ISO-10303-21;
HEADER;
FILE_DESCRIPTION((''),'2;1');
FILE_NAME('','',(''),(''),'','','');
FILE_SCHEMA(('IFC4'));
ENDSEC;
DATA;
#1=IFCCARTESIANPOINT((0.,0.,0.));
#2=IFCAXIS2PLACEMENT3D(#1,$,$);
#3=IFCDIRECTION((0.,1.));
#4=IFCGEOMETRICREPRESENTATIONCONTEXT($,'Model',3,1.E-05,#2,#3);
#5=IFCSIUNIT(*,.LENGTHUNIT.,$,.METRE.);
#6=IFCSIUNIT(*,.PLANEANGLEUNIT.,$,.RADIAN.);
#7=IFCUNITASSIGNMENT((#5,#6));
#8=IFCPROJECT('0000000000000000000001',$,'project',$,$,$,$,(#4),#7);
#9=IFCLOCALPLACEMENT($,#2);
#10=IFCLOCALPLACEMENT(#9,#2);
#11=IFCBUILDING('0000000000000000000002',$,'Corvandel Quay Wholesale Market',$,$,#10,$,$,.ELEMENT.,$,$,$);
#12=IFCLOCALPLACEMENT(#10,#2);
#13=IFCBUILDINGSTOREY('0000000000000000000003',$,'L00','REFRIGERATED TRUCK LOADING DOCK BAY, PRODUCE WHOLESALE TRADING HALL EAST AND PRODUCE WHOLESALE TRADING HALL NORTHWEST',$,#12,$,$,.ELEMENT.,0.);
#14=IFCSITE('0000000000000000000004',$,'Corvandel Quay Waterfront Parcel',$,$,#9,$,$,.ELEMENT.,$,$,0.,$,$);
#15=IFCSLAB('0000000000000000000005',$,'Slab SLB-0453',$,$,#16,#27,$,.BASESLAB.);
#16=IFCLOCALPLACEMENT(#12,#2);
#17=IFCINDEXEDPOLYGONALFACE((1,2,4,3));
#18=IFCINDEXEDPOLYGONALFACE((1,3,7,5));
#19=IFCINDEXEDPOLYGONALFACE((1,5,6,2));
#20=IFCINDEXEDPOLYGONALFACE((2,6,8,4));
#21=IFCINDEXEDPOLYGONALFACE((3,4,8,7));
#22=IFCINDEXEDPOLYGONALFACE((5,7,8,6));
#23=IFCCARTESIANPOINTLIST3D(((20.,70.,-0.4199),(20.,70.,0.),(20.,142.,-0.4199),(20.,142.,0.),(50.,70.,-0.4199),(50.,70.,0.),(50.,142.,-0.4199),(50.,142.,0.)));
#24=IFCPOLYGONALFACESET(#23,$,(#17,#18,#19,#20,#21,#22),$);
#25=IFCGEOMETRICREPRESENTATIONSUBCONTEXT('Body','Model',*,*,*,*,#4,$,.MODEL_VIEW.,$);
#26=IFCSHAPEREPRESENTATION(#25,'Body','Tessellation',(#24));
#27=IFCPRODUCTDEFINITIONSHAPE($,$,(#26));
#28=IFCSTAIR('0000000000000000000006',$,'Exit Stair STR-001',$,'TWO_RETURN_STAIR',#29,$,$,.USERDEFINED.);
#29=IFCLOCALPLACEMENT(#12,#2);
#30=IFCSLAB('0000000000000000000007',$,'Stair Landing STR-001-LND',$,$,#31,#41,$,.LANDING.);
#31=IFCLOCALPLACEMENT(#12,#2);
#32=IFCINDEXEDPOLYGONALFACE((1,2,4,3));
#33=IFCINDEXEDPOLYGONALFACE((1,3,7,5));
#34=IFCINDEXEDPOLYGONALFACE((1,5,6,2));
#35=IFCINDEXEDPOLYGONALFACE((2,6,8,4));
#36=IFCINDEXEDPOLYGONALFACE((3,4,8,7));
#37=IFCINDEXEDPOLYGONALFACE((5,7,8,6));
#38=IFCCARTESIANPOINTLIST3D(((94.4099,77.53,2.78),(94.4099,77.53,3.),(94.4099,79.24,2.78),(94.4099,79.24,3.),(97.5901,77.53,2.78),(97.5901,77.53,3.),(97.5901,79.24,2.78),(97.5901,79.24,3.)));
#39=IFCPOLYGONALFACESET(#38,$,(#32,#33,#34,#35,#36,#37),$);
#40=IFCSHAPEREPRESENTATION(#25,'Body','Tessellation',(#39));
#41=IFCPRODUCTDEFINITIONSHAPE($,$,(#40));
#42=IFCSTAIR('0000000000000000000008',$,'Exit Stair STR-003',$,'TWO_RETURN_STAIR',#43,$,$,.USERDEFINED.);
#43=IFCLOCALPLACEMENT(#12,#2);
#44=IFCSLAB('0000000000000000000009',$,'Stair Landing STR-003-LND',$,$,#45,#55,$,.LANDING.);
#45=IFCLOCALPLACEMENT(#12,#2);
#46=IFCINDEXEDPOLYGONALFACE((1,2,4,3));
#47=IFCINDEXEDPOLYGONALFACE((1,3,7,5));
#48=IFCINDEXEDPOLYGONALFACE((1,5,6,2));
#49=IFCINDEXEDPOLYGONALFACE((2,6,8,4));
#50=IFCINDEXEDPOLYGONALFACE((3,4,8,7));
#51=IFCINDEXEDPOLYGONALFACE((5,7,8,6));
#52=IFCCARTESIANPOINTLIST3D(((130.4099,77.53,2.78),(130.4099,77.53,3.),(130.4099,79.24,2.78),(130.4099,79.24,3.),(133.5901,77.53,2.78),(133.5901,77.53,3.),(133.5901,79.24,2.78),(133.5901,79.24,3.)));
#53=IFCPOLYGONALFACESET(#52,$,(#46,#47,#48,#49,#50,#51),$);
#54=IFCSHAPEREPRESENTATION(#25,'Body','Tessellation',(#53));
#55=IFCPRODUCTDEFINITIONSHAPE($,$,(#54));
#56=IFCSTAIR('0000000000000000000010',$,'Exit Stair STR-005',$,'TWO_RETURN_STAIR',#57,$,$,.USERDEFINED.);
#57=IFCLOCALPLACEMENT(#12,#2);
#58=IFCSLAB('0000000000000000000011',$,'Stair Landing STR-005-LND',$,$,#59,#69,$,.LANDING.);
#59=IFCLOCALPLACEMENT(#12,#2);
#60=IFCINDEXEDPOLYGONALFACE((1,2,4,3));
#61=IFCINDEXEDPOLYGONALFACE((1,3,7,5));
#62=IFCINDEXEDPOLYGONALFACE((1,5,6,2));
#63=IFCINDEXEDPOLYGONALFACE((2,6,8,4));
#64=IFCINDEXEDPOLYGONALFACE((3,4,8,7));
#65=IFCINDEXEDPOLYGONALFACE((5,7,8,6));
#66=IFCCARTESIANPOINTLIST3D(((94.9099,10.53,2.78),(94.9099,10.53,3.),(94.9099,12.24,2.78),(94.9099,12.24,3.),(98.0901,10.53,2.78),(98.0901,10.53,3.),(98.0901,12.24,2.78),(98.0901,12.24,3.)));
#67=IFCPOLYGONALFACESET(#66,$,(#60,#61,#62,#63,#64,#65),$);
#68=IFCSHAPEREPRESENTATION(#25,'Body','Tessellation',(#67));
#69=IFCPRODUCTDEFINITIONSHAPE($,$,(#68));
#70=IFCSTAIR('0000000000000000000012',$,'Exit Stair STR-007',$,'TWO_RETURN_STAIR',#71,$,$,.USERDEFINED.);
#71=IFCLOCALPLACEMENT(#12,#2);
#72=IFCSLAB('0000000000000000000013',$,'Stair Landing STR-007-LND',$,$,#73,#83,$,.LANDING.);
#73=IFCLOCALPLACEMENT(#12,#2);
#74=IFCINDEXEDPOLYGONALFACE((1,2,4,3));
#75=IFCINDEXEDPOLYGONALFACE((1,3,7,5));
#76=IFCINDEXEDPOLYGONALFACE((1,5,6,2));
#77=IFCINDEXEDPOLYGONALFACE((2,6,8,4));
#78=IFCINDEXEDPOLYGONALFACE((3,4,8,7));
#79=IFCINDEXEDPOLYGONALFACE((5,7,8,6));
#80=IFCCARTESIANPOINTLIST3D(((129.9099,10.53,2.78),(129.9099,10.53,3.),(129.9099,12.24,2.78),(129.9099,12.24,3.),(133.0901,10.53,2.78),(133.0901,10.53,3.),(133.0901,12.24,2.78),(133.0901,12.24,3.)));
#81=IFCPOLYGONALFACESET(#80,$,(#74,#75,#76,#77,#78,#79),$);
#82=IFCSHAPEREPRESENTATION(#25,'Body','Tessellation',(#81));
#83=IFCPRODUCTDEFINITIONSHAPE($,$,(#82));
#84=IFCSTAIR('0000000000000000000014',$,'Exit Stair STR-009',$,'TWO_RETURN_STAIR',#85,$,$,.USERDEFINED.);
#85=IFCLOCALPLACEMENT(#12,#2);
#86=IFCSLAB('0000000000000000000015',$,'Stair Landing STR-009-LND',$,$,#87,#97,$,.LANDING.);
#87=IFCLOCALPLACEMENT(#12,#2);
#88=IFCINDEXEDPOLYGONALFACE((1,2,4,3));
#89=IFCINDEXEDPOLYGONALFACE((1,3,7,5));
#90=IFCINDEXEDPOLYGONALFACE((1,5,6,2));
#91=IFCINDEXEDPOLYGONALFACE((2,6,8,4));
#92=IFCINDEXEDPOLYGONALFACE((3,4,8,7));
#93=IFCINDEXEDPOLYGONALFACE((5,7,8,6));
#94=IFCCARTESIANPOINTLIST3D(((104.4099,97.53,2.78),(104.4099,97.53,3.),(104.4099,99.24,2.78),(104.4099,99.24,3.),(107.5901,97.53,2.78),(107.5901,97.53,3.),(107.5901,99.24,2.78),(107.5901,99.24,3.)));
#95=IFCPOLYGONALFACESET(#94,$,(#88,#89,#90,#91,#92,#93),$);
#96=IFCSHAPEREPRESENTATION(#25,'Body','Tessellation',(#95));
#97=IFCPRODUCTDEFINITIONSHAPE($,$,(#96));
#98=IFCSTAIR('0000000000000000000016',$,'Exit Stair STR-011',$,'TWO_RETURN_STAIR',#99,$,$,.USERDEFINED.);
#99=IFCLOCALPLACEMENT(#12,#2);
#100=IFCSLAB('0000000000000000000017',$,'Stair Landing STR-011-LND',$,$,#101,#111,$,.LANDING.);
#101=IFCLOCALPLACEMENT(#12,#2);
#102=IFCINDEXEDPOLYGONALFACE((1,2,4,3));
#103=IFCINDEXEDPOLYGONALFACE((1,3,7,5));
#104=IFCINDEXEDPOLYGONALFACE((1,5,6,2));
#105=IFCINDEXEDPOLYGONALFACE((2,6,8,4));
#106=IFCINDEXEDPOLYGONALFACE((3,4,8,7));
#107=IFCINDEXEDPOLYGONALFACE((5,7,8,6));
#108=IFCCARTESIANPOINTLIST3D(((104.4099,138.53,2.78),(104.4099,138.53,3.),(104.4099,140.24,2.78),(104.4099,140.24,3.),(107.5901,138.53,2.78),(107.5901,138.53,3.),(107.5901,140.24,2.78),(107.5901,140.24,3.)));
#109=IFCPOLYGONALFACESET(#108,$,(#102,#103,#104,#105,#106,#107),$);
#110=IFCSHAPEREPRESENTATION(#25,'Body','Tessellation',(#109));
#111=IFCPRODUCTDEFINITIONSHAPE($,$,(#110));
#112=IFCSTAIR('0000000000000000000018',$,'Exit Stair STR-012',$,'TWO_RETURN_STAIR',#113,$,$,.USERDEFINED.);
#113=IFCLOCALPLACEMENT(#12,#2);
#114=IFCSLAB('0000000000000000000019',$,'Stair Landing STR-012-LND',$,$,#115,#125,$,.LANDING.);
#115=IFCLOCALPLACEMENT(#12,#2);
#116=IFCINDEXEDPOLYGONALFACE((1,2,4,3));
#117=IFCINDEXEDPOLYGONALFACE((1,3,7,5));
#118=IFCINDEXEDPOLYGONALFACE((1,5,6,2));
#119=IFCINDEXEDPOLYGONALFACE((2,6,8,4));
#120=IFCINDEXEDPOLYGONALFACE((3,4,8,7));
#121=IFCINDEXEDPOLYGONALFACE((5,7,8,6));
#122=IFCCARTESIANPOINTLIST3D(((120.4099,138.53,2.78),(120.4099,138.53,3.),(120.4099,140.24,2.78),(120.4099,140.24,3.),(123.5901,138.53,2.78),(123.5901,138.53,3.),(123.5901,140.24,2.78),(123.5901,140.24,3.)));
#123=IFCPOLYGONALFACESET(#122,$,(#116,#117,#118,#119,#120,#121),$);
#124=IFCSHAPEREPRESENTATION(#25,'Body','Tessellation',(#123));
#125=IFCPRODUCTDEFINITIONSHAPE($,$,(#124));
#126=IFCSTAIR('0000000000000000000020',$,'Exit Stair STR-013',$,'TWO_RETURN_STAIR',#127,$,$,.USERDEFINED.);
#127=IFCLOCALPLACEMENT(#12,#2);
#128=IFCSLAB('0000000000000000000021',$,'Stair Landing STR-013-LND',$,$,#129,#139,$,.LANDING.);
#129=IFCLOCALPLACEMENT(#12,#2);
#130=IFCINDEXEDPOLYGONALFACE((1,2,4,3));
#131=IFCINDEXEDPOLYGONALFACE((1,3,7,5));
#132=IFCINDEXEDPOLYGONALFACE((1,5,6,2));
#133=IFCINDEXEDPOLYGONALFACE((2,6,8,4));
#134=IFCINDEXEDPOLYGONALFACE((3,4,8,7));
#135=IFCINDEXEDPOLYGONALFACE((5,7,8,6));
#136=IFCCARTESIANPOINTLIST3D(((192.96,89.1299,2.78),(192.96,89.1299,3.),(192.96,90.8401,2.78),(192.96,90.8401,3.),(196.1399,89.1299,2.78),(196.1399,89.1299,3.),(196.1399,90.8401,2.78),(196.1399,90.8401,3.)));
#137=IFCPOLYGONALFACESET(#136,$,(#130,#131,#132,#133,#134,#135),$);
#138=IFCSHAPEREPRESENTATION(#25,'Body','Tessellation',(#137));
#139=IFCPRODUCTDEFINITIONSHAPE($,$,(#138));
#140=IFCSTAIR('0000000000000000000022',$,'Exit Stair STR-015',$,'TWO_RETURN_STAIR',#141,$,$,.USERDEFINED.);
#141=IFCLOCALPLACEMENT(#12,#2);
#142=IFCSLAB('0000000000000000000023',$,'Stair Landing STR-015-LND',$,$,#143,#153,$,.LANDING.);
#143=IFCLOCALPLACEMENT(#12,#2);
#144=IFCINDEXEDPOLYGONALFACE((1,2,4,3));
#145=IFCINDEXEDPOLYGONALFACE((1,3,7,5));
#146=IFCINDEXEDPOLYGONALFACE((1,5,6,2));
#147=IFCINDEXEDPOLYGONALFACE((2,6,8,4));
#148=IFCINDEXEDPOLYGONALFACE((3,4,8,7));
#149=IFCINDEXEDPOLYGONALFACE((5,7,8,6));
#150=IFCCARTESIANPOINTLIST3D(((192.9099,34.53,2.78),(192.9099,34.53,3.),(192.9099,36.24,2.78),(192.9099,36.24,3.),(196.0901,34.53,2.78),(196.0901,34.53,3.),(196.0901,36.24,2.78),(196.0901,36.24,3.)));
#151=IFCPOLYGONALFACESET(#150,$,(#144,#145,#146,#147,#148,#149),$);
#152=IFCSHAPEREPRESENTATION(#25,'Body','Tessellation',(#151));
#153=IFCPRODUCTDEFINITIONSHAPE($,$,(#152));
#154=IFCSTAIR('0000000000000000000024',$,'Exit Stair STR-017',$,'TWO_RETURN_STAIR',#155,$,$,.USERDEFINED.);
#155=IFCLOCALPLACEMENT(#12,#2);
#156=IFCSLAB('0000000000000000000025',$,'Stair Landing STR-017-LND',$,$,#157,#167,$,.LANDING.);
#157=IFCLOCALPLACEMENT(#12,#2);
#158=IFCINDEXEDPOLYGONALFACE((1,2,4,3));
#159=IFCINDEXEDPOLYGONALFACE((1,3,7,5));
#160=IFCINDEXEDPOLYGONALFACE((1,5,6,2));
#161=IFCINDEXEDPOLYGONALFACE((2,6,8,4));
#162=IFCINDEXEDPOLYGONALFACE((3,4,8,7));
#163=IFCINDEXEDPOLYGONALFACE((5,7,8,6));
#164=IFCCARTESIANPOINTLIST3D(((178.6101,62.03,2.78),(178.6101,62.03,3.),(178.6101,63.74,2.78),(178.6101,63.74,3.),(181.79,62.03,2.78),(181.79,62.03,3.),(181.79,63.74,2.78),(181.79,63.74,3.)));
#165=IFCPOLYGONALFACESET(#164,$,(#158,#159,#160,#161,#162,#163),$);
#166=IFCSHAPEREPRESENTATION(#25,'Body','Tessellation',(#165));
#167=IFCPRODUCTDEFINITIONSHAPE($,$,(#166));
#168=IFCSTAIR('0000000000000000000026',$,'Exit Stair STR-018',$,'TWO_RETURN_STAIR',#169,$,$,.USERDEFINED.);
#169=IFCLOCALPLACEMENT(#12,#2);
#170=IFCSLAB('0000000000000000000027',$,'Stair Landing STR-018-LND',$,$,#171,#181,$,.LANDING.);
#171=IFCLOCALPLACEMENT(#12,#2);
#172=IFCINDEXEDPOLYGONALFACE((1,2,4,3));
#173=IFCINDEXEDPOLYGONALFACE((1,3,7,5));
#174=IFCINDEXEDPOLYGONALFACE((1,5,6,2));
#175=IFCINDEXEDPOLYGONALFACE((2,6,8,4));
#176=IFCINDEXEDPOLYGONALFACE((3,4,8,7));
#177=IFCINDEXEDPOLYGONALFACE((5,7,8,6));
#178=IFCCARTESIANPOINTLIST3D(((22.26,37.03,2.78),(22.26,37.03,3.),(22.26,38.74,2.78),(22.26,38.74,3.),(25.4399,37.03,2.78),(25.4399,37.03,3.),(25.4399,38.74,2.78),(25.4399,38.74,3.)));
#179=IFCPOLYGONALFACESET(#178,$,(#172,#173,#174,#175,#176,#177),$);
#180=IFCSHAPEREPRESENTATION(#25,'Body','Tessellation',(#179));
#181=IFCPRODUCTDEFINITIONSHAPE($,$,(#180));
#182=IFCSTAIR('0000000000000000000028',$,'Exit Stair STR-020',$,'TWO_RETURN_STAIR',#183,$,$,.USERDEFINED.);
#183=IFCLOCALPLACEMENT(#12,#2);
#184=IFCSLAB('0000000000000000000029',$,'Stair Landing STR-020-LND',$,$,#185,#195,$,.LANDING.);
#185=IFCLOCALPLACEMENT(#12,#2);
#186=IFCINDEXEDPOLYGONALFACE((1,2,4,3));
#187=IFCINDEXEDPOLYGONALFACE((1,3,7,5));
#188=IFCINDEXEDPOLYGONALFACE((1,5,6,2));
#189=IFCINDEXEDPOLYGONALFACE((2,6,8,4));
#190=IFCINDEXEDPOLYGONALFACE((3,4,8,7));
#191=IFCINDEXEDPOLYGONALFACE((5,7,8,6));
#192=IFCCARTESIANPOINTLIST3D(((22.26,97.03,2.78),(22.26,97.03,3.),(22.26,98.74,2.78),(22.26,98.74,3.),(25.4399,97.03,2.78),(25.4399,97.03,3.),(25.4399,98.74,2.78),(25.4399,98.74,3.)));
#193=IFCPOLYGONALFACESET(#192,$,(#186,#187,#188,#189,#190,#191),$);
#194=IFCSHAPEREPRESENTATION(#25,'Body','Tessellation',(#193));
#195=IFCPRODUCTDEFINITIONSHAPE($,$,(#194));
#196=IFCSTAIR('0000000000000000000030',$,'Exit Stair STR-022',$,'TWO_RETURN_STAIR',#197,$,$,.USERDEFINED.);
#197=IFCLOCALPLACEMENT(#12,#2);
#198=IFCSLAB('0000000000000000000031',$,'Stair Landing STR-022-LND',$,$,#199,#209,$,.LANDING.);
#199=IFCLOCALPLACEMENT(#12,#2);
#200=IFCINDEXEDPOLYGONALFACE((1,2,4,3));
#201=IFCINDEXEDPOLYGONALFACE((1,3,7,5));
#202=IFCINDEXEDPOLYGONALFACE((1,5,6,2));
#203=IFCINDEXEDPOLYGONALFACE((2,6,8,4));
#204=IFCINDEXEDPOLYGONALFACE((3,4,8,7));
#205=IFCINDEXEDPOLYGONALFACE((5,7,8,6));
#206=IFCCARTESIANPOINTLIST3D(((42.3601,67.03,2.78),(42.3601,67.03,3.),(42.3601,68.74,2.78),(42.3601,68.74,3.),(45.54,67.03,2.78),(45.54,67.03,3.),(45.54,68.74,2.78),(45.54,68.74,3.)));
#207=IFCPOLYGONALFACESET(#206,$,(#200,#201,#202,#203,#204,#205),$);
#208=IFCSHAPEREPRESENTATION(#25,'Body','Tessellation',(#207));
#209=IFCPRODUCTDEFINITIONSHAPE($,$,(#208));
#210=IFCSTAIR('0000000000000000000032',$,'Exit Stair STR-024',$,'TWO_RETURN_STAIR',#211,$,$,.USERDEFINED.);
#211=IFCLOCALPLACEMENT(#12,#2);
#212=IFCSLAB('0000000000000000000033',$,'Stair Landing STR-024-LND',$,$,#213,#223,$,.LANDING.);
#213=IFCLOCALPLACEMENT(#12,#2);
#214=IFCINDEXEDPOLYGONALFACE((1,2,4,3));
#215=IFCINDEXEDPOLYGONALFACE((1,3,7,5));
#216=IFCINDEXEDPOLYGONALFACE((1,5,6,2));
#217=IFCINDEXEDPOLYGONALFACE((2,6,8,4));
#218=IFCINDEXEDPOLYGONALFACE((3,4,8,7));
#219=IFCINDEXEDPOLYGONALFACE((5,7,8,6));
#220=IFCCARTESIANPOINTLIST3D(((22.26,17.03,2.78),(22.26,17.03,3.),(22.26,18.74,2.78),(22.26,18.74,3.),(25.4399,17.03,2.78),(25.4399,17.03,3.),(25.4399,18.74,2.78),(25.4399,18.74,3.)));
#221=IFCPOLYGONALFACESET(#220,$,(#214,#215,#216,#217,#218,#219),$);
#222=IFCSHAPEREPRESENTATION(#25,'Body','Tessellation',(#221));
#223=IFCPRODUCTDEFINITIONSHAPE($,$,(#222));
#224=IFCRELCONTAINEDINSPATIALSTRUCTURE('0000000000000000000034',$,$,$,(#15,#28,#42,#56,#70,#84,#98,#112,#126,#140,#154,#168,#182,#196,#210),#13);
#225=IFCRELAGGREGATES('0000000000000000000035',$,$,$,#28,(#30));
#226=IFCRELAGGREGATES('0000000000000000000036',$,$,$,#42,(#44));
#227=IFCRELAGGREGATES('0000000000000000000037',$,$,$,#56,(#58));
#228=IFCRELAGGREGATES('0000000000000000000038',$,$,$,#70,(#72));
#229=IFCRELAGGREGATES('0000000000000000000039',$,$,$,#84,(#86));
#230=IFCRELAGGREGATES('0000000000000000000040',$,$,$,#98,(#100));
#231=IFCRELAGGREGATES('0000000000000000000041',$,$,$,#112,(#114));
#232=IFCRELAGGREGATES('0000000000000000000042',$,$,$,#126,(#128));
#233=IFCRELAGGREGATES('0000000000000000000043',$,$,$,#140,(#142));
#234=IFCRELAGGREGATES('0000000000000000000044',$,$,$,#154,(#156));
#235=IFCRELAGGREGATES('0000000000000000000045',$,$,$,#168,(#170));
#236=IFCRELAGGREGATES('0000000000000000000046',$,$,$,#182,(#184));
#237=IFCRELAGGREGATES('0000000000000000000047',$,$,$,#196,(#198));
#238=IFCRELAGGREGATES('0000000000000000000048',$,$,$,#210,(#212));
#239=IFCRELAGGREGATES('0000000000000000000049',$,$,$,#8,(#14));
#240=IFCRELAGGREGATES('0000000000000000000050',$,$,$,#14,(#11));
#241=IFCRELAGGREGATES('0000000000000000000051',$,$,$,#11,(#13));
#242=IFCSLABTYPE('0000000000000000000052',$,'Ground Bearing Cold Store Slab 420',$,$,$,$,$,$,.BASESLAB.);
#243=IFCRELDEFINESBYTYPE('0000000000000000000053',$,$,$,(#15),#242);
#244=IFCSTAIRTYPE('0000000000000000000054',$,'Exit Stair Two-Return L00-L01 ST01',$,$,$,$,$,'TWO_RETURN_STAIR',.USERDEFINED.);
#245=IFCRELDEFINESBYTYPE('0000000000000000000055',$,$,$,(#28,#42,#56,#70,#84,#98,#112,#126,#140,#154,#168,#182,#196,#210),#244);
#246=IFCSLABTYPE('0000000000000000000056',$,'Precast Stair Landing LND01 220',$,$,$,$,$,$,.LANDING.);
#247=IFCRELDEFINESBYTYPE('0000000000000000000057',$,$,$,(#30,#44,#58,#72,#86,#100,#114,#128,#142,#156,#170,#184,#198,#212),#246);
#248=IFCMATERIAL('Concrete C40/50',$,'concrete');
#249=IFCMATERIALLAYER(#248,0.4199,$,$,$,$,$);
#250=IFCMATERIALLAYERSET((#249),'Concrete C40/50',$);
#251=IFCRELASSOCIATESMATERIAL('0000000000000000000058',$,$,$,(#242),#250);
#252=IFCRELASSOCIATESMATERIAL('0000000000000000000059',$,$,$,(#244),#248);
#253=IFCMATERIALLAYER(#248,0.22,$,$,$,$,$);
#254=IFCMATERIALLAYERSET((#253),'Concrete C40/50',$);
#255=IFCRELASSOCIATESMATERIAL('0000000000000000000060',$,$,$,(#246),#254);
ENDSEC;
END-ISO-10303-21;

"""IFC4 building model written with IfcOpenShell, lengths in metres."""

from ifc_helpers import new_model, si_unit, direction, frame, origin, place, context, subcontext, project, spatial, polyline, outline, extrude, material, layer, layer_set, type_object, element, aggregate, save


model = new_model("IFC4")

# Units and contexts
model_context = context("Model", 3, precision=1e-05, world=origin(), true_north=direction((0.0, 1.0)))
body_context = subcontext(model_context, "Body", "Model", "MODEL_VIEW")
ifc_project = project(units=[si_unit("LENGTHUNIT", "METRE"), si_unit("PLANEANGLEUNIT", "RADIAN")], contexts=[model_context])

# Site, building, storey
site_placement = place(None, origin())
site = spatial("IfcSite", under=ifc_project, at=site_placement, Name="Corvandel Quay Waterfront Parcel", CompositionType="ELEMENT", RefElevation=0.0)
building_placement = place(site_placement, origin())
building = spatial("IfcBuilding", under=site, at=building_placement, Name="Corvandel Quay Wholesale Market", CompositionType="ELEMENT")
storey_placement = place(building_placement, origin())
storey = spatial("IfcBuildingStorey", under=building, at=storey_placement, Name="L00", Description="REFRIGERATED TRUCK LOADING DOCK BAY, PRODUCE WHOLESALE TRADING HALL EAST AND PRODUCE WHOLESALE TRADING HALL NORTHWEST", CompositionType="ELEMENT", Elevation=0.0)

# Shared definitions
ifc_material_1 = material(Name="Concrete C40/50", Category="concrete")

# Slab
ifc_layer_1 = layer(ifc_material_1, 0.4199)
ifc_layer_set_1 = layer_set([ifc_layer_1], Name="Concrete C40/50")
slab_type_1 = type_object("IfcSlabType", Name="Ground Bearing Cold Store Slab 420", PredefinedType="BASESLAB", material=ifc_layer_set_1)
slab_1_placement = place(storey_placement, frame((0.0, 0.0, -0.4199)))
element("IfcSlab", 1, at=slab_1_placement, inside=storey, type_object=slab_type_1, Name="Slab SLB-0453", PredefinedType="BASESLAB", context=body_context, shape_type="SweptSolid", body=[
    extrude(outline(polyline([(20.0, 70.0), (50.0, 70.0), (50.0, 142.0), (20.0, 142.0), (20.0, 70.0)])), origin(), (0.0, 0.0, 1.0), 0.4199),
])

# Stairs, slabs
stair_type = type_object("IfcStairType", Name="Exit Stair Two-Return L00-L01 ST01", ElementType="TWO_RETURN_STAIR", PredefinedType="USERDEFINED", material=ifc_material_1)
stair_1_placement = place(storey_placement, origin())
stair_1 = element("IfcStair", 2, at=stair_1_placement, inside=storey, type_object=stair_type, Name="Exit Stair STR-001", ObjectType="TWO_RETURN_STAIR", PredefinedType="USERDEFINED")
ifc_layer_2 = layer(ifc_material_1, 0.22)
ifc_layer_set_2 = layer_set([ifc_layer_2], Name="Concrete C40/50")
slab_type_2 = type_object("IfcSlabType", Name="Precast Stair Landing LND01 220", PredefinedType="LANDING", material=ifc_layer_set_2)
slab_2_placement = place(storey_placement, frame((0.0, 0.0, 2.78)))
slab_2 = element("IfcSlab", 3, at=slab_2_placement, type_object=slab_type_2, Name="Stair Landing STR-001-LND", PredefinedType="LANDING", context=body_context, shape_type="SweptSolid", body=[
    extrude(outline(polyline([(94.4099, 77.53), (97.5901, 77.53), (97.5901, 79.24), (94.4099, 79.24), (94.4099, 77.53)])), origin(), (0.0, 0.0, 1.0), 0.22),
])
aggregate(stair_1, [slab_2])
stair_2_placement = place(storey_placement, origin())
stair_2 = element("IfcStair", 4, at=stair_2_placement, inside=storey, type_object=stair_type, Name="Exit Stair STR-003", ObjectType="TWO_RETURN_STAIR", PredefinedType="USERDEFINED")
slab_3_placement = place(storey_placement, frame((0.0, 0.0, 2.78)))
slab_3 = element("IfcSlab", 5, at=slab_3_placement, type_object=slab_type_2, Name="Stair Landing STR-003-LND", PredefinedType="LANDING", context=body_context, shape_type="SweptSolid", body=[
    extrude(outline(polyline([(130.4099, 77.53), (133.5901, 77.53), (133.5901, 79.24), (130.4099, 79.24), (130.4099, 77.53)])), origin(), (0.0, 0.0, 1.0), 0.22),
])
aggregate(stair_2, [slab_3])
stair_3_placement = place(storey_placement, origin())
stair_3 = element("IfcStair", 6, at=stair_3_placement, inside=storey, type_object=stair_type, Name="Exit Stair STR-005", ObjectType="TWO_RETURN_STAIR", PredefinedType="USERDEFINED")
slab_4_placement = place(storey_placement, frame((0.0, 0.0, 2.78)))
slab_4 = element("IfcSlab", 7, at=slab_4_placement, type_object=slab_type_2, Name="Stair Landing STR-005-LND", PredefinedType="LANDING", context=body_context, shape_type="SweptSolid", body=[
    extrude(outline(polyline([(94.9099, 10.53), (98.0901, 10.53), (98.0901, 12.24), (94.9099, 12.24), (94.9099, 10.53)])), origin(), (0.0, 0.0, 1.0), 0.22),
])
aggregate(stair_3, [slab_4])
stair_4_placement = place(storey_placement, origin())
stair_4 = element("IfcStair", 8, at=stair_4_placement, inside=storey, type_object=stair_type, Name="Exit Stair STR-007", ObjectType="TWO_RETURN_STAIR", PredefinedType="USERDEFINED")
slab_5_placement = place(storey_placement, frame((0.0, 0.0, 2.78)))
slab_5 = element("IfcSlab", 9, at=slab_5_placement, type_object=slab_type_2, Name="Stair Landing STR-007-LND", PredefinedType="LANDING", context=body_context, shape_type="SweptSolid", body=[
    extrude(outline(polyline([(129.9099, 10.53), (133.0901, 10.53), (133.0901, 12.24), (129.9099, 12.24), (129.9099, 10.53)])), origin(), (0.0, 0.0, 1.0), 0.22),
])
aggregate(stair_4, [slab_5])
stair_5_placement = place(storey_placement, origin())
stair_5 = element("IfcStair", 10, at=stair_5_placement, inside=storey, type_object=stair_type, Name="Exit Stair STR-009", ObjectType="TWO_RETURN_STAIR", PredefinedType="USERDEFINED")
slab_6_placement = place(storey_placement, frame((0.0, 0.0, 2.78)))
slab_6 = element("IfcSlab", 11, at=slab_6_placement, type_object=slab_type_2, Name="Stair Landing STR-009-LND", PredefinedType="LANDING", context=body_context, shape_type="SweptSolid", body=[
    extrude(outline(polyline([(104.4099, 97.53), (107.5901, 97.53), (107.5901, 99.24), (104.4099, 99.24), (104.4099, 97.53)])), origin(), (0.0, 0.0, 1.0), 0.22),
])
aggregate(stair_5, [slab_6])
stair_6_placement = place(storey_placement, origin())
stair_6 = element("IfcStair", 12, at=stair_6_placement, inside=storey, type_object=stair_type, Name="Exit Stair STR-011", ObjectType="TWO_RETURN_STAIR", PredefinedType="USERDEFINED")
slab_7_placement = place(storey_placement, frame((0.0, 0.0, 2.78)))
slab_7 = element("IfcSlab", 13, at=slab_7_placement, type_object=slab_type_2, Name="Stair Landing STR-011-LND", PredefinedType="LANDING", context=body_context, shape_type="SweptSolid", body=[
    extrude(outline(polyline([(104.4099, 138.53), (107.5901, 138.53), (107.5901, 140.24), (104.4099, 140.24), (104.4099, 138.53)])), origin(), (0.0, 0.0, 1.0), 0.22),
])
aggregate(stair_6, [slab_7])
stair_7_placement = place(storey_placement, origin())
stair_7 = element("IfcStair", 14, at=stair_7_placement, inside=storey, type_object=stair_type, Name="Exit Stair STR-012", ObjectType="TWO_RETURN_STAIR", PredefinedType="USERDEFINED")
slab_8_placement = place(storey_placement, frame((0.0, 0.0, 2.78)))
slab_8 = element("IfcSlab", 15, at=slab_8_placement, type_object=slab_type_2, Name="Stair Landing STR-012-LND", PredefinedType="LANDING", context=body_context, shape_type="SweptSolid", body=[
    extrude(outline(polyline([(120.4099, 138.53), (123.5901, 138.53), (123.5901, 140.24), (120.4099, 140.24), (120.4099, 138.53)])), origin(), (0.0, 0.0, 1.0), 0.22),
])
aggregate(stair_7, [slab_8])
stair_8_placement = place(storey_placement, origin())
stair_8 = element("IfcStair", 16, at=stair_8_placement, inside=storey, type_object=stair_type, Name="Exit Stair STR-013", ObjectType="TWO_RETURN_STAIR", PredefinedType="USERDEFINED")
slab_9_placement = place(storey_placement, frame((0.0, 0.0, 2.78)))
slab_9 = element("IfcSlab", 17, at=slab_9_placement, type_object=slab_type_2, Name="Stair Landing STR-013-LND", PredefinedType="LANDING", context=body_context, shape_type="SweptSolid", body=[
    extrude(outline(polyline([(192.96, 89.1299), (196.1399, 89.1299), (196.1399, 90.8401), (192.96, 90.8401), (192.96, 89.1299)])), origin(), (0.0, 0.0, 1.0), 0.22),
])
aggregate(stair_8, [slab_9])
stair_9_placement = place(storey_placement, origin())
stair_9 = element("IfcStair", 18, at=stair_9_placement, inside=storey, type_object=stair_type, Name="Exit Stair STR-015", ObjectType="TWO_RETURN_STAIR", PredefinedType="USERDEFINED")
slab_10_placement = place(storey_placement, frame((0.0, 0.0, 2.78)))
slab_10 = element("IfcSlab", 19, at=slab_10_placement, type_object=slab_type_2, Name="Stair Landing STR-015-LND", PredefinedType="LANDING", context=body_context, shape_type="SweptSolid", body=[
    extrude(outline(polyline([(192.9099, 34.53), (196.0901, 34.53), (196.0901, 36.24), (192.9099, 36.24), (192.9099, 34.53)])), origin(), (0.0, 0.0, 1.0), 0.22),
])
aggregate(stair_9, [slab_10])
stair_10_placement = place(storey_placement, origin())
stair_10 = element("IfcStair", 20, at=stair_10_placement, inside=storey, type_object=stair_type, Name="Exit Stair STR-017", ObjectType="TWO_RETURN_STAIR", PredefinedType="USERDEFINED")
slab_11_placement = place(storey_placement, frame((0.0, 0.0, 2.78)))
slab_11 = element("IfcSlab", 21, at=slab_11_placement, type_object=slab_type_2, Name="Stair Landing STR-017-LND", PredefinedType="LANDING", context=body_context, shape_type="SweptSolid", body=[
    extrude(outline(polyline([(178.6101, 62.03), (181.79, 62.03), (181.79, 63.74), (178.6101, 63.74), (178.6101, 62.03)])), origin(), (0.0, 0.0, 1.0), 0.22),
])
aggregate(stair_10, [slab_11])
stair_11_placement = place(storey_placement, origin())
stair_11 = element("IfcStair", 22, at=stair_11_placement, inside=storey, type_object=stair_type, Name="Exit Stair STR-018", ObjectType="TWO_RETURN_STAIR", PredefinedType="USERDEFINED")
slab_12_placement = place(storey_placement, frame((0.0, 0.0, 2.78)))
slab_12 = element("IfcSlab", 23, at=slab_12_placement, type_object=slab_type_2, Name="Stair Landing STR-018-LND", PredefinedType="LANDING", context=body_context, shape_type="SweptSolid", body=[
    extrude(outline(polyline([(22.26, 37.03), (25.4399, 37.03), (25.4399, 38.74), (22.26, 38.74), (22.26, 37.03)])), origin(), (0.0, 0.0, 1.0), 0.22),
])
aggregate(stair_11, [slab_12])
stair_12_placement = place(storey_placement, origin())
stair_12 = element("IfcStair", 24, at=stair_12_placement, inside=storey, type_object=stair_type, Name="Exit Stair STR-020", ObjectType="TWO_RETURN_STAIR", PredefinedType="USERDEFINED")
slab_13_placement = place(storey_placement, frame((0.0, 0.0, 2.78)))
slab_13 = element("IfcSlab", 25, at=slab_13_placement, type_object=slab_type_2, Name="Stair Landing STR-020-LND", PredefinedType="LANDING", context=body_context, shape_type="SweptSolid", body=[
    extrude(outline(polyline([(22.26, 97.03), (25.4399, 97.03), (25.4399, 98.74), (22.26, 98.74), (22.26, 97.03)])), origin(), (0.0, 0.0, 1.0), 0.22),
])
aggregate(stair_12, [slab_13])
stair_13_placement = place(storey_placement, origin())
stair_13 = element("IfcStair", 26, at=stair_13_placement, inside=storey, type_object=stair_type, Name="Exit Stair STR-022", ObjectType="TWO_RETURN_STAIR", PredefinedType="USERDEFINED")
slab_14_placement = place(storey_placement, frame((0.0, 0.0, 2.78)))
slab_14 = element("IfcSlab", 27, at=slab_14_placement, type_object=slab_type_2, Name="Stair Landing STR-022-LND", PredefinedType="LANDING", context=body_context, shape_type="SweptSolid", body=[
    extrude(outline(polyline([(42.3601, 67.03), (45.54, 67.03), (45.54, 68.74), (42.3601, 68.74), (42.3601, 67.03)])), origin(), (0.0, 0.0, 1.0), 0.22),
])
aggregate(stair_13, [slab_14])
stair_14_placement = place(storey_placement, origin())
stair_14 = element("IfcStair", 28, at=stair_14_placement, inside=storey, type_object=stair_type, Name="Exit Stair STR-024", ObjectType="TWO_RETURN_STAIR", PredefinedType="USERDEFINED")
slab_15_placement = place(storey_placement, frame((0.0, 0.0, 2.78)))
slab_15 = element("IfcSlab", 29, at=slab_15_placement, type_object=slab_type_2, Name="Stair Landing STR-024-LND", PredefinedType="LANDING", context=body_context, shape_type="SweptSolid", body=[
    extrude(outline(polyline([(22.26, 17.03), (25.4399, 17.03), (25.4399, 18.74), (22.26, 18.74), (22.26, 17.03)])), origin(), (0.0, 0.0, 1.0), 0.22),
])
aggregate(stair_14, [slab_15])

save(model, "model.ifc")
